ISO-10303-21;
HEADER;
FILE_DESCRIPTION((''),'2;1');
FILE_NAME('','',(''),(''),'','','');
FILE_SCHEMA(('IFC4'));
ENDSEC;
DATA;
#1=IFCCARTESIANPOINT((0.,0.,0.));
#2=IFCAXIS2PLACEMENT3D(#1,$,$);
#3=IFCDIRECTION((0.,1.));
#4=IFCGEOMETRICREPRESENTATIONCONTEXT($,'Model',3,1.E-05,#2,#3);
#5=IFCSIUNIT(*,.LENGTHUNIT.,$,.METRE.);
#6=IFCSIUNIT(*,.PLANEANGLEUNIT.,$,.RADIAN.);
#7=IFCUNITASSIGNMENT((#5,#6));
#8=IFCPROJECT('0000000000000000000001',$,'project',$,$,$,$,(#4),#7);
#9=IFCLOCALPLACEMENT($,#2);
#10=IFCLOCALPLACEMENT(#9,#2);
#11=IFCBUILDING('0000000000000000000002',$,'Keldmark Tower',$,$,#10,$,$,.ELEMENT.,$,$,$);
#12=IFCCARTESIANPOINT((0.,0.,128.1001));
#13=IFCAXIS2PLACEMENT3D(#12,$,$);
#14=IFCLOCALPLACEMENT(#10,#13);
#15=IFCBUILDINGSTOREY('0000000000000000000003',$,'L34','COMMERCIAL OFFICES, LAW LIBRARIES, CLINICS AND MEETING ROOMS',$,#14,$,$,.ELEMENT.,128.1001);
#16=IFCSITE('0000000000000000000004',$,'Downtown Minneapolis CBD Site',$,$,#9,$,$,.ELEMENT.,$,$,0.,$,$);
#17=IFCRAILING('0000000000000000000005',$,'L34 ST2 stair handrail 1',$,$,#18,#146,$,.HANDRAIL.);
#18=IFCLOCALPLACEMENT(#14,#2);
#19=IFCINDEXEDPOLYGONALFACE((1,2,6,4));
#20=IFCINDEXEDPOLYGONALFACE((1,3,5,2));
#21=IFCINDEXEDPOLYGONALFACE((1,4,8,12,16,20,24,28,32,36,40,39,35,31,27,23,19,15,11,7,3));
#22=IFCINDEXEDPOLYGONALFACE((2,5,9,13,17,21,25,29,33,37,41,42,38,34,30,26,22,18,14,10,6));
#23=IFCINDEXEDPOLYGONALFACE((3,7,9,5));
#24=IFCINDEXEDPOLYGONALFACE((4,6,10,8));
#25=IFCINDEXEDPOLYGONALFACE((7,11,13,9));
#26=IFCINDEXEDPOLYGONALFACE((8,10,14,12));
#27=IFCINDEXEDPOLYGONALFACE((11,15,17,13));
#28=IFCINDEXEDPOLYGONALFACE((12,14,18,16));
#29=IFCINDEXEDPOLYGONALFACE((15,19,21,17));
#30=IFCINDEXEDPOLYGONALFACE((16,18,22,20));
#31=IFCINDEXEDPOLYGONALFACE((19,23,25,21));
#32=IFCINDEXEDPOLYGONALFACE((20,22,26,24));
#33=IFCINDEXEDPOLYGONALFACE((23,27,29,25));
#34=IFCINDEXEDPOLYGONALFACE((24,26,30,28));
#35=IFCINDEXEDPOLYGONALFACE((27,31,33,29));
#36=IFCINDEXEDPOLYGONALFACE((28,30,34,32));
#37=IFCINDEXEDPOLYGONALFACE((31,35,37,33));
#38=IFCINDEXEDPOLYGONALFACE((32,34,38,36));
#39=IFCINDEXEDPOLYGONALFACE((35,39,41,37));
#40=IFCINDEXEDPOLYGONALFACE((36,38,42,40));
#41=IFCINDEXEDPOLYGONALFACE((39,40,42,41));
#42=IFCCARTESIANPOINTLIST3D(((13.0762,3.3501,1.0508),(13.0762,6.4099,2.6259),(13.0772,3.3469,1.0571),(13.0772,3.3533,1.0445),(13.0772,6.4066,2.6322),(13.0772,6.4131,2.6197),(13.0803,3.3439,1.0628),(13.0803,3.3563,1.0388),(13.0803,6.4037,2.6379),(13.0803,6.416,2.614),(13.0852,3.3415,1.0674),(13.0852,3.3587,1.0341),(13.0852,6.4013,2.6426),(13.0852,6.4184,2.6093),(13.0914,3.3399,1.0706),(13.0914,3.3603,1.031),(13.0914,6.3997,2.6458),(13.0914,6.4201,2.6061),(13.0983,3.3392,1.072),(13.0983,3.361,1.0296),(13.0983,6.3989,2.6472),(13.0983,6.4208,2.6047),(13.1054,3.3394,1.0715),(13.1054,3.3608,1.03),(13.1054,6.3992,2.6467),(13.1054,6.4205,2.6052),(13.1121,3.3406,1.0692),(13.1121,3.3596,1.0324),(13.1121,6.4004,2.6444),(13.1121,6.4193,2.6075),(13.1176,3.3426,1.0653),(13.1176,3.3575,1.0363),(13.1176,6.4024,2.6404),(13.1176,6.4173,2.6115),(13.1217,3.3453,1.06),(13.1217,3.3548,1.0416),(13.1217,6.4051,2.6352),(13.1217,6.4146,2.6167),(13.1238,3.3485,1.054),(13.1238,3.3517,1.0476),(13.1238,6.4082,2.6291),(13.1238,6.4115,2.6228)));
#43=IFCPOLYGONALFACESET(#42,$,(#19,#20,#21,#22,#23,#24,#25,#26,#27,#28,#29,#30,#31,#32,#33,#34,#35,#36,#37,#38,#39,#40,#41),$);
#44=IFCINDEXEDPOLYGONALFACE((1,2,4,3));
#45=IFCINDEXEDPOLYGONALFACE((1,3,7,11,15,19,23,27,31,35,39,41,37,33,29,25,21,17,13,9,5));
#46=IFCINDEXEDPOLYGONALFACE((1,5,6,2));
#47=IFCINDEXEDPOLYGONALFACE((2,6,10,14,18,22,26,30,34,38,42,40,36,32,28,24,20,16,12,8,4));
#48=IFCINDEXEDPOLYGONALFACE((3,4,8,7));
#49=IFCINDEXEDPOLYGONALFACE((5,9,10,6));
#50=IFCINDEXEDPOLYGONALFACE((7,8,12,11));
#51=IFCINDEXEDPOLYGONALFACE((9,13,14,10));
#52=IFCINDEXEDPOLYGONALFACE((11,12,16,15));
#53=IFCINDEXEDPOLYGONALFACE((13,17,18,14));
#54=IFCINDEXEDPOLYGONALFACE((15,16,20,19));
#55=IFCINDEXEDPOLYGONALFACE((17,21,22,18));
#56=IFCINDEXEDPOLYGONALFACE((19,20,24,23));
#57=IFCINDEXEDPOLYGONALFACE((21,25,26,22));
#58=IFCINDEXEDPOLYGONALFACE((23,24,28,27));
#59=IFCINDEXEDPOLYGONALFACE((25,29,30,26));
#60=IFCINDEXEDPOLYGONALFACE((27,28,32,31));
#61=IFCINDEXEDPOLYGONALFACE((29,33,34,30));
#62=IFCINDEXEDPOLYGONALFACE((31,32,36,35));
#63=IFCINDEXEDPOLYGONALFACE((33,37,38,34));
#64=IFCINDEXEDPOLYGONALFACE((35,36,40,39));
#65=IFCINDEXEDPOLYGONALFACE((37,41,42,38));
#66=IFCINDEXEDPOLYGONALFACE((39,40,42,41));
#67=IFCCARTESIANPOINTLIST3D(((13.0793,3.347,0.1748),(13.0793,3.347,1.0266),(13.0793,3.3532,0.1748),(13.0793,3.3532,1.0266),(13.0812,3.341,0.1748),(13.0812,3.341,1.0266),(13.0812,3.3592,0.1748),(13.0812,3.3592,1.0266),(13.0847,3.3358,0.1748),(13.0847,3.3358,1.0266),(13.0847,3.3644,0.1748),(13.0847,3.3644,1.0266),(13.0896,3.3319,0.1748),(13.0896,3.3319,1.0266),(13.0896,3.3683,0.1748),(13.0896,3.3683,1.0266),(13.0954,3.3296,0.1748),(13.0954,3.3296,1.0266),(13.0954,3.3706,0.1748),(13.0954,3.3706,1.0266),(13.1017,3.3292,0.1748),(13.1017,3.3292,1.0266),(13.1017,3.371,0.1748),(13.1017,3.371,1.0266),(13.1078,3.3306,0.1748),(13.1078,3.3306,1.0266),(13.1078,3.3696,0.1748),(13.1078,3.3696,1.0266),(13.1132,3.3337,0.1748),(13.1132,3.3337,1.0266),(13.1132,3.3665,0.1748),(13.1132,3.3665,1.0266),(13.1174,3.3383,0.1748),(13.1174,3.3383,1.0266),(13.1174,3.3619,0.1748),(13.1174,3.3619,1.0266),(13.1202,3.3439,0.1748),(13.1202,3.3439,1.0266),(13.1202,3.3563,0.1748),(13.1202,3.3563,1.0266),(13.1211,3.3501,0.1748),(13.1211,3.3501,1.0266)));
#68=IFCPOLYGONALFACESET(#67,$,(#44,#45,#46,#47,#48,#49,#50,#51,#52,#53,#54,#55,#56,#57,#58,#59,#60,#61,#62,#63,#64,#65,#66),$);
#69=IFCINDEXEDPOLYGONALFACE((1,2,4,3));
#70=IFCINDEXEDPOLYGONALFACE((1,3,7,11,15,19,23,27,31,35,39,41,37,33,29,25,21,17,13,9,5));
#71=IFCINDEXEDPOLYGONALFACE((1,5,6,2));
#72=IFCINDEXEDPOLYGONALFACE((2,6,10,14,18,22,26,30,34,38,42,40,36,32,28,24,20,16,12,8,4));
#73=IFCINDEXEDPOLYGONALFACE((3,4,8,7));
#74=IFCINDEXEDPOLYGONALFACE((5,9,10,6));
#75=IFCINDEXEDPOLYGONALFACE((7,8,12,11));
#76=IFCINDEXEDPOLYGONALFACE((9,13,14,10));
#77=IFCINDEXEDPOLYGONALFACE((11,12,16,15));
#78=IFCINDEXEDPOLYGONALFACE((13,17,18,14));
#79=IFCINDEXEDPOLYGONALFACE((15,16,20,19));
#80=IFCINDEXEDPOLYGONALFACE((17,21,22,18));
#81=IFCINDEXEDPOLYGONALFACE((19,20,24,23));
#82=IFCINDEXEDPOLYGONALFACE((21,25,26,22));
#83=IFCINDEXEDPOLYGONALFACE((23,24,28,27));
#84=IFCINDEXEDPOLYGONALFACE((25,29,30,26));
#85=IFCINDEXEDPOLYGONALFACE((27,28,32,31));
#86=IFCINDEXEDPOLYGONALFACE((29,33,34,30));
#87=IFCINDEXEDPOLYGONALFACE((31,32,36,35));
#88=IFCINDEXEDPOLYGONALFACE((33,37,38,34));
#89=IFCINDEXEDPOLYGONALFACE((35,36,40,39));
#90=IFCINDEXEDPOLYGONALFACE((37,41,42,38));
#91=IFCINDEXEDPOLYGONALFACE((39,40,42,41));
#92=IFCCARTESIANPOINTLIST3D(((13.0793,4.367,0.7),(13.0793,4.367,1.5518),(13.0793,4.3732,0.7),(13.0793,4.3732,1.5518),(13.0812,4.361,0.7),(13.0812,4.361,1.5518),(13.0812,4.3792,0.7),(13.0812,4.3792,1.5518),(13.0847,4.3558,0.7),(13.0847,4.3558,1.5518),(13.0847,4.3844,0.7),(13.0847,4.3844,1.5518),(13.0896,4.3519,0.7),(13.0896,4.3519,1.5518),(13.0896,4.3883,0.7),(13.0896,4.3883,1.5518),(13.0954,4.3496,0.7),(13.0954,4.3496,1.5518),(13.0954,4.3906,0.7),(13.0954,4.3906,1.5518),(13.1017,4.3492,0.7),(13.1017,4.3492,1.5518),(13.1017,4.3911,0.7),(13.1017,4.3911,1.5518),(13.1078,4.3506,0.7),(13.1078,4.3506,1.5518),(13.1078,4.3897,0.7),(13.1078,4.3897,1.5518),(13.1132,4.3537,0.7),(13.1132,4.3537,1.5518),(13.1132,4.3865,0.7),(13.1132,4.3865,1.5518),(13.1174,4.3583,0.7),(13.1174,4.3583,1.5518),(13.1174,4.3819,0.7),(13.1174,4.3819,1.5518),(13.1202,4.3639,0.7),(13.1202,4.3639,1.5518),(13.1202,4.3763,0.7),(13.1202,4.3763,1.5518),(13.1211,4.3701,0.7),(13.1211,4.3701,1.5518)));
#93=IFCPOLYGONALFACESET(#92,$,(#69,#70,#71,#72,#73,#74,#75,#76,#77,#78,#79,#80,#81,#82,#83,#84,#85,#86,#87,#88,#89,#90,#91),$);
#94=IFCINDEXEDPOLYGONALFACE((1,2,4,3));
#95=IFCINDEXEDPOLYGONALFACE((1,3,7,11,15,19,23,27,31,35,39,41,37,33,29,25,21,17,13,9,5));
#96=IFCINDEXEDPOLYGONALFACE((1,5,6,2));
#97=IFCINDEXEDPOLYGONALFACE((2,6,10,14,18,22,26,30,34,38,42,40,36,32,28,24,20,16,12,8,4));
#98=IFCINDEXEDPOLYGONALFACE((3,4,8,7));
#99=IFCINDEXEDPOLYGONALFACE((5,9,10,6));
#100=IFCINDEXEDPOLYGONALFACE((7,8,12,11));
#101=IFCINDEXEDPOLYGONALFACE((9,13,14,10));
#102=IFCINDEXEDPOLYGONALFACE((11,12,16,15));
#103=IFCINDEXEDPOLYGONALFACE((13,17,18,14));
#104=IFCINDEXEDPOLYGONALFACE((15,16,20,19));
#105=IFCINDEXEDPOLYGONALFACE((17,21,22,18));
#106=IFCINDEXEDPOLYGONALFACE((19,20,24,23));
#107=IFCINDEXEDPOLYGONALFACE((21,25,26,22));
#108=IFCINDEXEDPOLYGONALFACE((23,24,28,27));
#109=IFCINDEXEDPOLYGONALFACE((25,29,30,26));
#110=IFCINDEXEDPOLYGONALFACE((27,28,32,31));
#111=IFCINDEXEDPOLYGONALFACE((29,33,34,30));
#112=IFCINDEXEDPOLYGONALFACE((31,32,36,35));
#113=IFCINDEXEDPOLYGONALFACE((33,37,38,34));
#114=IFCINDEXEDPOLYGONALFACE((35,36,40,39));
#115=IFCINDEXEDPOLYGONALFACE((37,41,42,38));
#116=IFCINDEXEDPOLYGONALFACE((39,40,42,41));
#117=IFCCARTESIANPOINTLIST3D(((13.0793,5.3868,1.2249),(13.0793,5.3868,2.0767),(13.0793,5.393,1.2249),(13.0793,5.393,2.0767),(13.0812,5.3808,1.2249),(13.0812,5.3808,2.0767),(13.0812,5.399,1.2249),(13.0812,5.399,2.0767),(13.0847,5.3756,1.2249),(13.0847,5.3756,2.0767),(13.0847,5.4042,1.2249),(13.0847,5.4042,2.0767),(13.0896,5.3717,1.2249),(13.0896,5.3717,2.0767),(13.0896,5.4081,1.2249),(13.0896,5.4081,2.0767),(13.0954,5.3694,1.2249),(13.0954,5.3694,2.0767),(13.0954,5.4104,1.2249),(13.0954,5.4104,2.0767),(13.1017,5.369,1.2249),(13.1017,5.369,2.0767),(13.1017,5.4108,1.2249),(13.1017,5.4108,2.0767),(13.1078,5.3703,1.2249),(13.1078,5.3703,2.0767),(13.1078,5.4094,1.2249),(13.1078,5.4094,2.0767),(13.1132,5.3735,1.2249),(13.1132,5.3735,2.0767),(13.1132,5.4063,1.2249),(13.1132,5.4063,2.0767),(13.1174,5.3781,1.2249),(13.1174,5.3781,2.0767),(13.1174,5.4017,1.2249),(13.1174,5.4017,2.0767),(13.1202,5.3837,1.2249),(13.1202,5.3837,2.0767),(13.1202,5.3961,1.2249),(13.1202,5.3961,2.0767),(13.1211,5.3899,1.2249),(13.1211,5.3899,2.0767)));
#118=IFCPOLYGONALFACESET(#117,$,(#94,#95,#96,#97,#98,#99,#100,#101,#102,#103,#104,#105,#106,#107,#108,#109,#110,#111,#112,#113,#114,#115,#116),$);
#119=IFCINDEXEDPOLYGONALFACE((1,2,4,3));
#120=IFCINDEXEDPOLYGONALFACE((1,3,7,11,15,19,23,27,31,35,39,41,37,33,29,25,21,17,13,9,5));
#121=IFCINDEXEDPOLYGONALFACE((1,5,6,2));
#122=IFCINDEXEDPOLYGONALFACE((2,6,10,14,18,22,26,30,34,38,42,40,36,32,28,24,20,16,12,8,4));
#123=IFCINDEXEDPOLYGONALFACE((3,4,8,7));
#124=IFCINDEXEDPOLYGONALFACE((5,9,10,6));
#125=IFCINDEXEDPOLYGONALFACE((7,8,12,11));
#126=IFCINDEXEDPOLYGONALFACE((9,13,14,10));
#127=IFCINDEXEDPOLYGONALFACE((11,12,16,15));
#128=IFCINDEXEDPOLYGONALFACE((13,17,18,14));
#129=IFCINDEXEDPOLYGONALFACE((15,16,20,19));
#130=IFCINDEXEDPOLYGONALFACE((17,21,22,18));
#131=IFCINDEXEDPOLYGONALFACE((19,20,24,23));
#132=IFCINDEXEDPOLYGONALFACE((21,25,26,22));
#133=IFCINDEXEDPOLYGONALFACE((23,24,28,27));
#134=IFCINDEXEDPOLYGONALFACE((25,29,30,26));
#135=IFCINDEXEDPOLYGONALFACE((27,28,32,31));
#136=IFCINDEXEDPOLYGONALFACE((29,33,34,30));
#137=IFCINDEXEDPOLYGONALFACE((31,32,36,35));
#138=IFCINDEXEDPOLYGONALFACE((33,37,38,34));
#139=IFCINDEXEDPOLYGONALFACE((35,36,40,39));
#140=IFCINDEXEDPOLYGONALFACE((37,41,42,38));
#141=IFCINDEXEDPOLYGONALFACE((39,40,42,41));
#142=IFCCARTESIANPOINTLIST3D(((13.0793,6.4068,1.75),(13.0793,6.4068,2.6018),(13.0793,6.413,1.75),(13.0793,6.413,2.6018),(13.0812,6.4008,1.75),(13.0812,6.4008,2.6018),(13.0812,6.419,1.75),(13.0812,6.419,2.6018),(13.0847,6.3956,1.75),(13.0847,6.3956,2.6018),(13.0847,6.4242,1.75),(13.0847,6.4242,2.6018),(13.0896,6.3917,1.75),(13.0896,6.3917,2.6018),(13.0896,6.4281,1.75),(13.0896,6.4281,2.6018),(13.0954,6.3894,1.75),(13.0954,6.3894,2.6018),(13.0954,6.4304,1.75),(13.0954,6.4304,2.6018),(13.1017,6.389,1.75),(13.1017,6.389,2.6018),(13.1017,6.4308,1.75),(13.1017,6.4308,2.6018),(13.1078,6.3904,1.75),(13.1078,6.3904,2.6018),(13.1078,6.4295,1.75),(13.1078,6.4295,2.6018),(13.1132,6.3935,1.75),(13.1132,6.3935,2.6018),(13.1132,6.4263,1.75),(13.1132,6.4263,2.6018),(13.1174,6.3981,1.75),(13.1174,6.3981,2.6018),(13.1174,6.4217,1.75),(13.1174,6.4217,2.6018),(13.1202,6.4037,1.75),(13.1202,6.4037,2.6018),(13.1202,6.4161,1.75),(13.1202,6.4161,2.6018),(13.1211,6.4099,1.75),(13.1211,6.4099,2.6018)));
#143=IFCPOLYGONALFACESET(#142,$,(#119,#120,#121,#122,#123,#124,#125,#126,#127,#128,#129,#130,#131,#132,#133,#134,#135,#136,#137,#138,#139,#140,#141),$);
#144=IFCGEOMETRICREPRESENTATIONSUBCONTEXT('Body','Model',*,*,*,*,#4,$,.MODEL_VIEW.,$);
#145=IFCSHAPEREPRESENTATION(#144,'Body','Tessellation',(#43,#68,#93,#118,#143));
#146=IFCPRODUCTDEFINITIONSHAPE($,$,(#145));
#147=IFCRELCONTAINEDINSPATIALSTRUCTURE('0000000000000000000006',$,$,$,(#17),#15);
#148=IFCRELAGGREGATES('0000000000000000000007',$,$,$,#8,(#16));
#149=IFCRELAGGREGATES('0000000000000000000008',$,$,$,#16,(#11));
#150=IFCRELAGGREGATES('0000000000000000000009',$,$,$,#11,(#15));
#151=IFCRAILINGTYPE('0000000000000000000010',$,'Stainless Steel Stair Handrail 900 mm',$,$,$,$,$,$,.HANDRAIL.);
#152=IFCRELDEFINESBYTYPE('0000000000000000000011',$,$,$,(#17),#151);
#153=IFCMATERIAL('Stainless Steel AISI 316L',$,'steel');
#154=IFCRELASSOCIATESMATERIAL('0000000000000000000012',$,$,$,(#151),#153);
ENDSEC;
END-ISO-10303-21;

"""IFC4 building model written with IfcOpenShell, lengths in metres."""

from ifc_helpers import new_model, si_unit, direction, frame, origin, origin_2d, place, context, subcontext, project, spatial, circle, extrude, material, type_object, element, save


model = new_model("IFC4")

# Units and contexts
model_context = context("Model", 3, precision=1e-05, world=origin(), true_north=direction((0.0, 1.0)))
body_context = subcontext(model_context, "Body", "Model", "MODEL_VIEW")
ifc_project = project(units=[si_unit("LENGTHUNIT", "METRE"), si_unit("PLANEANGLEUNIT", "RADIAN")], contexts=[model_context])

# Site, building, storey
site_placement = place(None, origin())
site = spatial("IfcSite", under=ifc_project, at=site_placement, Name="Downtown Minneapolis CBD Site", CompositionType="ELEMENT", RefElevation=0.0)
building_placement = place(site_placement, origin())
building = spatial("IfcBuilding", under=site, at=building_placement, Name="Keldmark Tower", CompositionType="ELEMENT")
storey_placement = place(building_placement, frame((0.0, 0.0, 128.1001)))
storey = spatial("IfcBuildingStorey", under=building, at=storey_placement, Name="L34", Description="COMMERCIAL OFFICES, LAW LIBRARIES, CLINICS AND MEETING ROOMS", CompositionType="ELEMENT", Elevation=128.1001)

# Railing
ifc_material_1 = material(Name="Stainless Steel AISI 316L", Category="steel")
railing_type = type_object("IfcRailingType", Name="Stainless Steel Stair Handrail 900 mm", PredefinedType="HANDRAIL", material=ifc_material_1)
railing_placement = place(storey_placement, frame((13.1001, 3.3501, 0.1748)))
element("IfcRailing", 1, at=railing_placement, inside=storey, type_object=railing_type, Name="L34 ST2 stair handrail 1", PredefinedType="HANDRAIL", context=body_context, shape_type="SweptSolid", body=[
    extrude(circle(Radius=0.0239, at=origin_2d()), frame((0.0, 0.0, 0.876), z_axis=(0.0, 0.889101, 0.45771), x_axis=(-1.0, 0.0, 0.0)), (0.0, 0.0, 1.0), 3.4414),
    extrude(circle(Radius=0.021, at=origin_2d()), origin(), (0.0, 0.0, 1.0), 0.8518),
    extrude(circle(Radius=0.021, at=origin_2d()), frame((0.0, 1.02, 0.5251)), (0.0, 0.0, 1.0), 0.8518),
    extrude(circle(Radius=0.021, at=origin_2d()), frame((0.0, 2.0398, 1.05)), (0.0, 0.0, 1.0), 0.8518),
    extrude(circle(Radius=0.021, at=origin_2d()), frame((0.0, 3.0598, 1.5752)), (0.0, 0.0, 1.0), 0.8518),
])

save(model, "model.ifc")
